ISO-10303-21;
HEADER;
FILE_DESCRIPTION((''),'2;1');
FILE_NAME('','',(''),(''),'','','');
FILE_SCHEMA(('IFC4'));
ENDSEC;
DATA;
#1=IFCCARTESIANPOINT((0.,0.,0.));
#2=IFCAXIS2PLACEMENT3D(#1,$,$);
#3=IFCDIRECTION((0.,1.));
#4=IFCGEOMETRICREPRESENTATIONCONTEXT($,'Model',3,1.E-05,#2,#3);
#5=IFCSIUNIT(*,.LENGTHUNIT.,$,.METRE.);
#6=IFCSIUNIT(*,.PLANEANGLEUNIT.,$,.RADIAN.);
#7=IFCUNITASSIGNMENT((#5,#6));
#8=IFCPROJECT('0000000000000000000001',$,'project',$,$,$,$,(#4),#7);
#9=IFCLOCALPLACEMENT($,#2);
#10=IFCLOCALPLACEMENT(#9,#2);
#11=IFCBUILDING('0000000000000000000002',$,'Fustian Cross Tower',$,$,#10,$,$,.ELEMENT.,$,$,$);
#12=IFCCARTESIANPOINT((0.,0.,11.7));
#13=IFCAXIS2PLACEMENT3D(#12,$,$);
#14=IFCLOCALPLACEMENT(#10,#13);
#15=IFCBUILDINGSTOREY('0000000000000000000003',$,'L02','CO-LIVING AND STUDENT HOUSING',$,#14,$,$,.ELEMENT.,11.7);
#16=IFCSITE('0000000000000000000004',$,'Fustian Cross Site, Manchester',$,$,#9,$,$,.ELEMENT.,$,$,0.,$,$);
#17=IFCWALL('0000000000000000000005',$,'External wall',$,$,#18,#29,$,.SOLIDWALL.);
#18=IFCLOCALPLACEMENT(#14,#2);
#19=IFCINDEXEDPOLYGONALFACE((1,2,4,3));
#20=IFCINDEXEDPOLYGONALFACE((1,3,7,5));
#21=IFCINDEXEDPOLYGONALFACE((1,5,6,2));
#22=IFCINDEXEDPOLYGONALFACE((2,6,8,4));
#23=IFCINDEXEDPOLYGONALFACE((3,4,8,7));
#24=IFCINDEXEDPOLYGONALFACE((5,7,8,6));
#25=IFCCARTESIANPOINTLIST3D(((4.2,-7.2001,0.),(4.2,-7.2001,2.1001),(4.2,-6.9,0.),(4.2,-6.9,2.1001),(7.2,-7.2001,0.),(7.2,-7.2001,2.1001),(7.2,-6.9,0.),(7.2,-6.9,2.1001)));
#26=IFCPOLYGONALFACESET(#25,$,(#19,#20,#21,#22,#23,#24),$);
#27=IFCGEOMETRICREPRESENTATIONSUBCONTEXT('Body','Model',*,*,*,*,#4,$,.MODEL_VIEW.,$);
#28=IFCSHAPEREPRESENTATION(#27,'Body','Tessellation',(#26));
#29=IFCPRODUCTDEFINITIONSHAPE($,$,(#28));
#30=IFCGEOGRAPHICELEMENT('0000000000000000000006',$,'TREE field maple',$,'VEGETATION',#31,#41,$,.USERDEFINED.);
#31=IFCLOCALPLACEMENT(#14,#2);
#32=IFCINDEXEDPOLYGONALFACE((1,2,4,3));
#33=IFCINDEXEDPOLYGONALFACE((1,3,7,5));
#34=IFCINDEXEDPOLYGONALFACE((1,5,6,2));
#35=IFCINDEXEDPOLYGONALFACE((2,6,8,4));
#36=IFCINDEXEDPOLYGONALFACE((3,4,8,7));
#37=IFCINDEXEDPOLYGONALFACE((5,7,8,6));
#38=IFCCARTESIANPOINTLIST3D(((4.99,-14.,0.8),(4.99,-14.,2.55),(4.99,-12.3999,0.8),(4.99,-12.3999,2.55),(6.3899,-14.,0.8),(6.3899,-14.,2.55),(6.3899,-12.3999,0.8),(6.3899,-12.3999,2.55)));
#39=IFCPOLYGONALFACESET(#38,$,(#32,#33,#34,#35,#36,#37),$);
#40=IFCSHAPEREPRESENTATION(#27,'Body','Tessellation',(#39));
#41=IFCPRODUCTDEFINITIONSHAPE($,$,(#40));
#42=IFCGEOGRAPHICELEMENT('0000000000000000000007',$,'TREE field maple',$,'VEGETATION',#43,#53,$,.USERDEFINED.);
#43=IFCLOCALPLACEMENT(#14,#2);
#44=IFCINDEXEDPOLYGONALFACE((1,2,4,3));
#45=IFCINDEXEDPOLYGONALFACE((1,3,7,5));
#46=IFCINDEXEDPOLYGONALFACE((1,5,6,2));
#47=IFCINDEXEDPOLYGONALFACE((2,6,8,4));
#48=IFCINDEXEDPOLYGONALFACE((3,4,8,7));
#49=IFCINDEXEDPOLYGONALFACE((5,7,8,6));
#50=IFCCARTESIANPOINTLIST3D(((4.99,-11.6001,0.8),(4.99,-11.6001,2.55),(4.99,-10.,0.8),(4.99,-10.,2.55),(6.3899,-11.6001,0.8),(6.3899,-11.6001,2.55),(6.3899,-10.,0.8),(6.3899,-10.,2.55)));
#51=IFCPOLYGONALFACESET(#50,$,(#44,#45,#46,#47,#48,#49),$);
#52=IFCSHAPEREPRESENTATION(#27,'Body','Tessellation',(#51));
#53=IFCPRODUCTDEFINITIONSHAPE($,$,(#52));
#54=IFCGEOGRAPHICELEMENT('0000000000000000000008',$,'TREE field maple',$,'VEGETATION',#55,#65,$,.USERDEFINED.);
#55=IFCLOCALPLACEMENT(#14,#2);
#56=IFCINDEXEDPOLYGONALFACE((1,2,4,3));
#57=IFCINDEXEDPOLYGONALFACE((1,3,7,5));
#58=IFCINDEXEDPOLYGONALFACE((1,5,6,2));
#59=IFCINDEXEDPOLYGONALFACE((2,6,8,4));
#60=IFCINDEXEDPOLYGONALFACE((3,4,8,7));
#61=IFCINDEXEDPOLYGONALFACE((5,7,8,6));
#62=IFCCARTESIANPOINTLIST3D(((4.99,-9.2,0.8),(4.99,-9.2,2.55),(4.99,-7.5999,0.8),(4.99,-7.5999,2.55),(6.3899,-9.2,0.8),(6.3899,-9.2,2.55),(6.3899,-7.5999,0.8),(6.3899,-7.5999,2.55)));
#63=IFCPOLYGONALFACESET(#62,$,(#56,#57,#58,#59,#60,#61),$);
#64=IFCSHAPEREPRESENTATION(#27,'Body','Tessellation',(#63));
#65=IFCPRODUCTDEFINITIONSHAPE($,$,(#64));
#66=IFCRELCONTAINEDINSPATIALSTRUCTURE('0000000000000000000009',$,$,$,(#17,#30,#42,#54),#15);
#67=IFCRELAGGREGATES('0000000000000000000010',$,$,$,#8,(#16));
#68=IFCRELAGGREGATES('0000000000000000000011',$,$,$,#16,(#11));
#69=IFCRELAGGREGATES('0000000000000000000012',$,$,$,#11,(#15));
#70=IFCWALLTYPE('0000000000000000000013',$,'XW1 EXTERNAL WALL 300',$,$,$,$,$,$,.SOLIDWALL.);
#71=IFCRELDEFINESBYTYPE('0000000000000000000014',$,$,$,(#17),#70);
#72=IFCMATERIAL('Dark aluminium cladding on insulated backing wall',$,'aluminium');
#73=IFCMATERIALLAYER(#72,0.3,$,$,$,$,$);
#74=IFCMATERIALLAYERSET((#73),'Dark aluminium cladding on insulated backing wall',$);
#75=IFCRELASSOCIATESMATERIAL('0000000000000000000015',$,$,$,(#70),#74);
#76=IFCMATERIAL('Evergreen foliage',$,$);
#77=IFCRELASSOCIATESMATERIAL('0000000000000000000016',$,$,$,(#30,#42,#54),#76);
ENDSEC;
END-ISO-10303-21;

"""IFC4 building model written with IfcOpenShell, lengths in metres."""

from ifc_helpers import new_model, si_unit, direction, frame, frame_2d, origin, origin_2d, place, context, subcontext, project, spatial, rectangle, extrude, material, layer, layer_set, type_object, element, save


model = new_model("IFC4")

# Units and contexts
model_context = context("Model", 3, precision=1e-05, world=origin(), true_north=direction((0.0, 1.0)))
body_context = subcontext(model_context, "Body", "Model", "MODEL_VIEW")
ifc_project = project(units=[si_unit("LENGTHUNIT", "METRE"), si_unit("PLANEANGLEUNIT", "RADIAN")], contexts=[model_context])

# Site, building, storey
site_placement = place(None, origin())
site = spatial("IfcSite", under=ifc_project, at=site_placement, Name="Fustian Cross Site, Manchester", CompositionType="ELEMENT", RefElevation=0.0)
building_placement = place(site_placement, origin())
building = spatial("IfcBuilding", under=site, at=building_placement, Name="Fustian Cross Tower", CompositionType="ELEMENT")
storey_placement = place(building_placement, frame((0.0, 0.0, 11.7)))
storey = spatial("IfcBuildingStorey", under=building, at=storey_placement, Name="L02", Description="CO-LIVING AND STUDENT HOUSING", CompositionType="ELEMENT", Elevation=11.7)

# Shared definitions
ifc_material_1 = material(Name="Dark aluminium cladding on insulated backing wall", Category="aluminium")
ifc_layer_1 = layer(ifc_material_1, 0.3)
ifc_layer_set_1 = layer_set([ifc_layer_1], Name="Dark aluminium cladding on insulated backing wall")
wall_type_1 = type_object("IfcWallType", Name="XW1 EXTERNAL WALL 300", PredefinedType="SOLIDWALL", material=ifc_layer_set_1)

# Wall
wall_1_placement = place(storey_placement, frame((4.2, -7.05, 0.0), z_axis=(0.0, 0.0, 1.0), x_axis=(1.0, 0.0, 0.0)))
element("IfcWall", 1, at=wall_1_placement, inside=storey, type_object=wall_type_1, Name="External wall", PredefinedType="SOLIDWALL", context=body_context, shape_type="SweptSolid", body=[
    extrude(rectangle(XDim=3.0, YDim=0.3, at=frame_2d((1.5, 0.0))), origin(), (0.0, 0.0, 1.0), 2.1001),
])

# Geographic elements
ifc_material_2 = material(Name="Evergreen foliage")
for number, where, z_axis, x_axis, name in (
    (2, (5.6899, -13.2, 0.8), (0.0, 0.0, 1.0), (1.0, 0.0, 0.0), "TREE field maple"),
    (3, (5.6899, -10.8, 0.8), (0.0, 0.0, 1.0), (1.0, 0.0, 0.0), "TREE field maple"),
    (4, (5.6899, -8.3999, 0.8), (0.0, 0.0, 1.0), (1.0, 0.0, 0.0), "TREE field maple"),
):
    element("IfcGeographicElement", number, at=place(storey_placement, frame(where, z_axis=z_axis, x_axis=x_axis)), inside=storey, material=ifc_material_2, Name=name, ObjectType="VEGETATION", PredefinedType="USERDEFINED", context=body_context, shape_type="SweptSolid", body=[
        extrude(rectangle(XDim=1.3999, YDim=1.6001, at=origin_2d()), origin(), (0.0, 0.0, 1.0), 1.75),
    ])

save(model, "model.ifc")
